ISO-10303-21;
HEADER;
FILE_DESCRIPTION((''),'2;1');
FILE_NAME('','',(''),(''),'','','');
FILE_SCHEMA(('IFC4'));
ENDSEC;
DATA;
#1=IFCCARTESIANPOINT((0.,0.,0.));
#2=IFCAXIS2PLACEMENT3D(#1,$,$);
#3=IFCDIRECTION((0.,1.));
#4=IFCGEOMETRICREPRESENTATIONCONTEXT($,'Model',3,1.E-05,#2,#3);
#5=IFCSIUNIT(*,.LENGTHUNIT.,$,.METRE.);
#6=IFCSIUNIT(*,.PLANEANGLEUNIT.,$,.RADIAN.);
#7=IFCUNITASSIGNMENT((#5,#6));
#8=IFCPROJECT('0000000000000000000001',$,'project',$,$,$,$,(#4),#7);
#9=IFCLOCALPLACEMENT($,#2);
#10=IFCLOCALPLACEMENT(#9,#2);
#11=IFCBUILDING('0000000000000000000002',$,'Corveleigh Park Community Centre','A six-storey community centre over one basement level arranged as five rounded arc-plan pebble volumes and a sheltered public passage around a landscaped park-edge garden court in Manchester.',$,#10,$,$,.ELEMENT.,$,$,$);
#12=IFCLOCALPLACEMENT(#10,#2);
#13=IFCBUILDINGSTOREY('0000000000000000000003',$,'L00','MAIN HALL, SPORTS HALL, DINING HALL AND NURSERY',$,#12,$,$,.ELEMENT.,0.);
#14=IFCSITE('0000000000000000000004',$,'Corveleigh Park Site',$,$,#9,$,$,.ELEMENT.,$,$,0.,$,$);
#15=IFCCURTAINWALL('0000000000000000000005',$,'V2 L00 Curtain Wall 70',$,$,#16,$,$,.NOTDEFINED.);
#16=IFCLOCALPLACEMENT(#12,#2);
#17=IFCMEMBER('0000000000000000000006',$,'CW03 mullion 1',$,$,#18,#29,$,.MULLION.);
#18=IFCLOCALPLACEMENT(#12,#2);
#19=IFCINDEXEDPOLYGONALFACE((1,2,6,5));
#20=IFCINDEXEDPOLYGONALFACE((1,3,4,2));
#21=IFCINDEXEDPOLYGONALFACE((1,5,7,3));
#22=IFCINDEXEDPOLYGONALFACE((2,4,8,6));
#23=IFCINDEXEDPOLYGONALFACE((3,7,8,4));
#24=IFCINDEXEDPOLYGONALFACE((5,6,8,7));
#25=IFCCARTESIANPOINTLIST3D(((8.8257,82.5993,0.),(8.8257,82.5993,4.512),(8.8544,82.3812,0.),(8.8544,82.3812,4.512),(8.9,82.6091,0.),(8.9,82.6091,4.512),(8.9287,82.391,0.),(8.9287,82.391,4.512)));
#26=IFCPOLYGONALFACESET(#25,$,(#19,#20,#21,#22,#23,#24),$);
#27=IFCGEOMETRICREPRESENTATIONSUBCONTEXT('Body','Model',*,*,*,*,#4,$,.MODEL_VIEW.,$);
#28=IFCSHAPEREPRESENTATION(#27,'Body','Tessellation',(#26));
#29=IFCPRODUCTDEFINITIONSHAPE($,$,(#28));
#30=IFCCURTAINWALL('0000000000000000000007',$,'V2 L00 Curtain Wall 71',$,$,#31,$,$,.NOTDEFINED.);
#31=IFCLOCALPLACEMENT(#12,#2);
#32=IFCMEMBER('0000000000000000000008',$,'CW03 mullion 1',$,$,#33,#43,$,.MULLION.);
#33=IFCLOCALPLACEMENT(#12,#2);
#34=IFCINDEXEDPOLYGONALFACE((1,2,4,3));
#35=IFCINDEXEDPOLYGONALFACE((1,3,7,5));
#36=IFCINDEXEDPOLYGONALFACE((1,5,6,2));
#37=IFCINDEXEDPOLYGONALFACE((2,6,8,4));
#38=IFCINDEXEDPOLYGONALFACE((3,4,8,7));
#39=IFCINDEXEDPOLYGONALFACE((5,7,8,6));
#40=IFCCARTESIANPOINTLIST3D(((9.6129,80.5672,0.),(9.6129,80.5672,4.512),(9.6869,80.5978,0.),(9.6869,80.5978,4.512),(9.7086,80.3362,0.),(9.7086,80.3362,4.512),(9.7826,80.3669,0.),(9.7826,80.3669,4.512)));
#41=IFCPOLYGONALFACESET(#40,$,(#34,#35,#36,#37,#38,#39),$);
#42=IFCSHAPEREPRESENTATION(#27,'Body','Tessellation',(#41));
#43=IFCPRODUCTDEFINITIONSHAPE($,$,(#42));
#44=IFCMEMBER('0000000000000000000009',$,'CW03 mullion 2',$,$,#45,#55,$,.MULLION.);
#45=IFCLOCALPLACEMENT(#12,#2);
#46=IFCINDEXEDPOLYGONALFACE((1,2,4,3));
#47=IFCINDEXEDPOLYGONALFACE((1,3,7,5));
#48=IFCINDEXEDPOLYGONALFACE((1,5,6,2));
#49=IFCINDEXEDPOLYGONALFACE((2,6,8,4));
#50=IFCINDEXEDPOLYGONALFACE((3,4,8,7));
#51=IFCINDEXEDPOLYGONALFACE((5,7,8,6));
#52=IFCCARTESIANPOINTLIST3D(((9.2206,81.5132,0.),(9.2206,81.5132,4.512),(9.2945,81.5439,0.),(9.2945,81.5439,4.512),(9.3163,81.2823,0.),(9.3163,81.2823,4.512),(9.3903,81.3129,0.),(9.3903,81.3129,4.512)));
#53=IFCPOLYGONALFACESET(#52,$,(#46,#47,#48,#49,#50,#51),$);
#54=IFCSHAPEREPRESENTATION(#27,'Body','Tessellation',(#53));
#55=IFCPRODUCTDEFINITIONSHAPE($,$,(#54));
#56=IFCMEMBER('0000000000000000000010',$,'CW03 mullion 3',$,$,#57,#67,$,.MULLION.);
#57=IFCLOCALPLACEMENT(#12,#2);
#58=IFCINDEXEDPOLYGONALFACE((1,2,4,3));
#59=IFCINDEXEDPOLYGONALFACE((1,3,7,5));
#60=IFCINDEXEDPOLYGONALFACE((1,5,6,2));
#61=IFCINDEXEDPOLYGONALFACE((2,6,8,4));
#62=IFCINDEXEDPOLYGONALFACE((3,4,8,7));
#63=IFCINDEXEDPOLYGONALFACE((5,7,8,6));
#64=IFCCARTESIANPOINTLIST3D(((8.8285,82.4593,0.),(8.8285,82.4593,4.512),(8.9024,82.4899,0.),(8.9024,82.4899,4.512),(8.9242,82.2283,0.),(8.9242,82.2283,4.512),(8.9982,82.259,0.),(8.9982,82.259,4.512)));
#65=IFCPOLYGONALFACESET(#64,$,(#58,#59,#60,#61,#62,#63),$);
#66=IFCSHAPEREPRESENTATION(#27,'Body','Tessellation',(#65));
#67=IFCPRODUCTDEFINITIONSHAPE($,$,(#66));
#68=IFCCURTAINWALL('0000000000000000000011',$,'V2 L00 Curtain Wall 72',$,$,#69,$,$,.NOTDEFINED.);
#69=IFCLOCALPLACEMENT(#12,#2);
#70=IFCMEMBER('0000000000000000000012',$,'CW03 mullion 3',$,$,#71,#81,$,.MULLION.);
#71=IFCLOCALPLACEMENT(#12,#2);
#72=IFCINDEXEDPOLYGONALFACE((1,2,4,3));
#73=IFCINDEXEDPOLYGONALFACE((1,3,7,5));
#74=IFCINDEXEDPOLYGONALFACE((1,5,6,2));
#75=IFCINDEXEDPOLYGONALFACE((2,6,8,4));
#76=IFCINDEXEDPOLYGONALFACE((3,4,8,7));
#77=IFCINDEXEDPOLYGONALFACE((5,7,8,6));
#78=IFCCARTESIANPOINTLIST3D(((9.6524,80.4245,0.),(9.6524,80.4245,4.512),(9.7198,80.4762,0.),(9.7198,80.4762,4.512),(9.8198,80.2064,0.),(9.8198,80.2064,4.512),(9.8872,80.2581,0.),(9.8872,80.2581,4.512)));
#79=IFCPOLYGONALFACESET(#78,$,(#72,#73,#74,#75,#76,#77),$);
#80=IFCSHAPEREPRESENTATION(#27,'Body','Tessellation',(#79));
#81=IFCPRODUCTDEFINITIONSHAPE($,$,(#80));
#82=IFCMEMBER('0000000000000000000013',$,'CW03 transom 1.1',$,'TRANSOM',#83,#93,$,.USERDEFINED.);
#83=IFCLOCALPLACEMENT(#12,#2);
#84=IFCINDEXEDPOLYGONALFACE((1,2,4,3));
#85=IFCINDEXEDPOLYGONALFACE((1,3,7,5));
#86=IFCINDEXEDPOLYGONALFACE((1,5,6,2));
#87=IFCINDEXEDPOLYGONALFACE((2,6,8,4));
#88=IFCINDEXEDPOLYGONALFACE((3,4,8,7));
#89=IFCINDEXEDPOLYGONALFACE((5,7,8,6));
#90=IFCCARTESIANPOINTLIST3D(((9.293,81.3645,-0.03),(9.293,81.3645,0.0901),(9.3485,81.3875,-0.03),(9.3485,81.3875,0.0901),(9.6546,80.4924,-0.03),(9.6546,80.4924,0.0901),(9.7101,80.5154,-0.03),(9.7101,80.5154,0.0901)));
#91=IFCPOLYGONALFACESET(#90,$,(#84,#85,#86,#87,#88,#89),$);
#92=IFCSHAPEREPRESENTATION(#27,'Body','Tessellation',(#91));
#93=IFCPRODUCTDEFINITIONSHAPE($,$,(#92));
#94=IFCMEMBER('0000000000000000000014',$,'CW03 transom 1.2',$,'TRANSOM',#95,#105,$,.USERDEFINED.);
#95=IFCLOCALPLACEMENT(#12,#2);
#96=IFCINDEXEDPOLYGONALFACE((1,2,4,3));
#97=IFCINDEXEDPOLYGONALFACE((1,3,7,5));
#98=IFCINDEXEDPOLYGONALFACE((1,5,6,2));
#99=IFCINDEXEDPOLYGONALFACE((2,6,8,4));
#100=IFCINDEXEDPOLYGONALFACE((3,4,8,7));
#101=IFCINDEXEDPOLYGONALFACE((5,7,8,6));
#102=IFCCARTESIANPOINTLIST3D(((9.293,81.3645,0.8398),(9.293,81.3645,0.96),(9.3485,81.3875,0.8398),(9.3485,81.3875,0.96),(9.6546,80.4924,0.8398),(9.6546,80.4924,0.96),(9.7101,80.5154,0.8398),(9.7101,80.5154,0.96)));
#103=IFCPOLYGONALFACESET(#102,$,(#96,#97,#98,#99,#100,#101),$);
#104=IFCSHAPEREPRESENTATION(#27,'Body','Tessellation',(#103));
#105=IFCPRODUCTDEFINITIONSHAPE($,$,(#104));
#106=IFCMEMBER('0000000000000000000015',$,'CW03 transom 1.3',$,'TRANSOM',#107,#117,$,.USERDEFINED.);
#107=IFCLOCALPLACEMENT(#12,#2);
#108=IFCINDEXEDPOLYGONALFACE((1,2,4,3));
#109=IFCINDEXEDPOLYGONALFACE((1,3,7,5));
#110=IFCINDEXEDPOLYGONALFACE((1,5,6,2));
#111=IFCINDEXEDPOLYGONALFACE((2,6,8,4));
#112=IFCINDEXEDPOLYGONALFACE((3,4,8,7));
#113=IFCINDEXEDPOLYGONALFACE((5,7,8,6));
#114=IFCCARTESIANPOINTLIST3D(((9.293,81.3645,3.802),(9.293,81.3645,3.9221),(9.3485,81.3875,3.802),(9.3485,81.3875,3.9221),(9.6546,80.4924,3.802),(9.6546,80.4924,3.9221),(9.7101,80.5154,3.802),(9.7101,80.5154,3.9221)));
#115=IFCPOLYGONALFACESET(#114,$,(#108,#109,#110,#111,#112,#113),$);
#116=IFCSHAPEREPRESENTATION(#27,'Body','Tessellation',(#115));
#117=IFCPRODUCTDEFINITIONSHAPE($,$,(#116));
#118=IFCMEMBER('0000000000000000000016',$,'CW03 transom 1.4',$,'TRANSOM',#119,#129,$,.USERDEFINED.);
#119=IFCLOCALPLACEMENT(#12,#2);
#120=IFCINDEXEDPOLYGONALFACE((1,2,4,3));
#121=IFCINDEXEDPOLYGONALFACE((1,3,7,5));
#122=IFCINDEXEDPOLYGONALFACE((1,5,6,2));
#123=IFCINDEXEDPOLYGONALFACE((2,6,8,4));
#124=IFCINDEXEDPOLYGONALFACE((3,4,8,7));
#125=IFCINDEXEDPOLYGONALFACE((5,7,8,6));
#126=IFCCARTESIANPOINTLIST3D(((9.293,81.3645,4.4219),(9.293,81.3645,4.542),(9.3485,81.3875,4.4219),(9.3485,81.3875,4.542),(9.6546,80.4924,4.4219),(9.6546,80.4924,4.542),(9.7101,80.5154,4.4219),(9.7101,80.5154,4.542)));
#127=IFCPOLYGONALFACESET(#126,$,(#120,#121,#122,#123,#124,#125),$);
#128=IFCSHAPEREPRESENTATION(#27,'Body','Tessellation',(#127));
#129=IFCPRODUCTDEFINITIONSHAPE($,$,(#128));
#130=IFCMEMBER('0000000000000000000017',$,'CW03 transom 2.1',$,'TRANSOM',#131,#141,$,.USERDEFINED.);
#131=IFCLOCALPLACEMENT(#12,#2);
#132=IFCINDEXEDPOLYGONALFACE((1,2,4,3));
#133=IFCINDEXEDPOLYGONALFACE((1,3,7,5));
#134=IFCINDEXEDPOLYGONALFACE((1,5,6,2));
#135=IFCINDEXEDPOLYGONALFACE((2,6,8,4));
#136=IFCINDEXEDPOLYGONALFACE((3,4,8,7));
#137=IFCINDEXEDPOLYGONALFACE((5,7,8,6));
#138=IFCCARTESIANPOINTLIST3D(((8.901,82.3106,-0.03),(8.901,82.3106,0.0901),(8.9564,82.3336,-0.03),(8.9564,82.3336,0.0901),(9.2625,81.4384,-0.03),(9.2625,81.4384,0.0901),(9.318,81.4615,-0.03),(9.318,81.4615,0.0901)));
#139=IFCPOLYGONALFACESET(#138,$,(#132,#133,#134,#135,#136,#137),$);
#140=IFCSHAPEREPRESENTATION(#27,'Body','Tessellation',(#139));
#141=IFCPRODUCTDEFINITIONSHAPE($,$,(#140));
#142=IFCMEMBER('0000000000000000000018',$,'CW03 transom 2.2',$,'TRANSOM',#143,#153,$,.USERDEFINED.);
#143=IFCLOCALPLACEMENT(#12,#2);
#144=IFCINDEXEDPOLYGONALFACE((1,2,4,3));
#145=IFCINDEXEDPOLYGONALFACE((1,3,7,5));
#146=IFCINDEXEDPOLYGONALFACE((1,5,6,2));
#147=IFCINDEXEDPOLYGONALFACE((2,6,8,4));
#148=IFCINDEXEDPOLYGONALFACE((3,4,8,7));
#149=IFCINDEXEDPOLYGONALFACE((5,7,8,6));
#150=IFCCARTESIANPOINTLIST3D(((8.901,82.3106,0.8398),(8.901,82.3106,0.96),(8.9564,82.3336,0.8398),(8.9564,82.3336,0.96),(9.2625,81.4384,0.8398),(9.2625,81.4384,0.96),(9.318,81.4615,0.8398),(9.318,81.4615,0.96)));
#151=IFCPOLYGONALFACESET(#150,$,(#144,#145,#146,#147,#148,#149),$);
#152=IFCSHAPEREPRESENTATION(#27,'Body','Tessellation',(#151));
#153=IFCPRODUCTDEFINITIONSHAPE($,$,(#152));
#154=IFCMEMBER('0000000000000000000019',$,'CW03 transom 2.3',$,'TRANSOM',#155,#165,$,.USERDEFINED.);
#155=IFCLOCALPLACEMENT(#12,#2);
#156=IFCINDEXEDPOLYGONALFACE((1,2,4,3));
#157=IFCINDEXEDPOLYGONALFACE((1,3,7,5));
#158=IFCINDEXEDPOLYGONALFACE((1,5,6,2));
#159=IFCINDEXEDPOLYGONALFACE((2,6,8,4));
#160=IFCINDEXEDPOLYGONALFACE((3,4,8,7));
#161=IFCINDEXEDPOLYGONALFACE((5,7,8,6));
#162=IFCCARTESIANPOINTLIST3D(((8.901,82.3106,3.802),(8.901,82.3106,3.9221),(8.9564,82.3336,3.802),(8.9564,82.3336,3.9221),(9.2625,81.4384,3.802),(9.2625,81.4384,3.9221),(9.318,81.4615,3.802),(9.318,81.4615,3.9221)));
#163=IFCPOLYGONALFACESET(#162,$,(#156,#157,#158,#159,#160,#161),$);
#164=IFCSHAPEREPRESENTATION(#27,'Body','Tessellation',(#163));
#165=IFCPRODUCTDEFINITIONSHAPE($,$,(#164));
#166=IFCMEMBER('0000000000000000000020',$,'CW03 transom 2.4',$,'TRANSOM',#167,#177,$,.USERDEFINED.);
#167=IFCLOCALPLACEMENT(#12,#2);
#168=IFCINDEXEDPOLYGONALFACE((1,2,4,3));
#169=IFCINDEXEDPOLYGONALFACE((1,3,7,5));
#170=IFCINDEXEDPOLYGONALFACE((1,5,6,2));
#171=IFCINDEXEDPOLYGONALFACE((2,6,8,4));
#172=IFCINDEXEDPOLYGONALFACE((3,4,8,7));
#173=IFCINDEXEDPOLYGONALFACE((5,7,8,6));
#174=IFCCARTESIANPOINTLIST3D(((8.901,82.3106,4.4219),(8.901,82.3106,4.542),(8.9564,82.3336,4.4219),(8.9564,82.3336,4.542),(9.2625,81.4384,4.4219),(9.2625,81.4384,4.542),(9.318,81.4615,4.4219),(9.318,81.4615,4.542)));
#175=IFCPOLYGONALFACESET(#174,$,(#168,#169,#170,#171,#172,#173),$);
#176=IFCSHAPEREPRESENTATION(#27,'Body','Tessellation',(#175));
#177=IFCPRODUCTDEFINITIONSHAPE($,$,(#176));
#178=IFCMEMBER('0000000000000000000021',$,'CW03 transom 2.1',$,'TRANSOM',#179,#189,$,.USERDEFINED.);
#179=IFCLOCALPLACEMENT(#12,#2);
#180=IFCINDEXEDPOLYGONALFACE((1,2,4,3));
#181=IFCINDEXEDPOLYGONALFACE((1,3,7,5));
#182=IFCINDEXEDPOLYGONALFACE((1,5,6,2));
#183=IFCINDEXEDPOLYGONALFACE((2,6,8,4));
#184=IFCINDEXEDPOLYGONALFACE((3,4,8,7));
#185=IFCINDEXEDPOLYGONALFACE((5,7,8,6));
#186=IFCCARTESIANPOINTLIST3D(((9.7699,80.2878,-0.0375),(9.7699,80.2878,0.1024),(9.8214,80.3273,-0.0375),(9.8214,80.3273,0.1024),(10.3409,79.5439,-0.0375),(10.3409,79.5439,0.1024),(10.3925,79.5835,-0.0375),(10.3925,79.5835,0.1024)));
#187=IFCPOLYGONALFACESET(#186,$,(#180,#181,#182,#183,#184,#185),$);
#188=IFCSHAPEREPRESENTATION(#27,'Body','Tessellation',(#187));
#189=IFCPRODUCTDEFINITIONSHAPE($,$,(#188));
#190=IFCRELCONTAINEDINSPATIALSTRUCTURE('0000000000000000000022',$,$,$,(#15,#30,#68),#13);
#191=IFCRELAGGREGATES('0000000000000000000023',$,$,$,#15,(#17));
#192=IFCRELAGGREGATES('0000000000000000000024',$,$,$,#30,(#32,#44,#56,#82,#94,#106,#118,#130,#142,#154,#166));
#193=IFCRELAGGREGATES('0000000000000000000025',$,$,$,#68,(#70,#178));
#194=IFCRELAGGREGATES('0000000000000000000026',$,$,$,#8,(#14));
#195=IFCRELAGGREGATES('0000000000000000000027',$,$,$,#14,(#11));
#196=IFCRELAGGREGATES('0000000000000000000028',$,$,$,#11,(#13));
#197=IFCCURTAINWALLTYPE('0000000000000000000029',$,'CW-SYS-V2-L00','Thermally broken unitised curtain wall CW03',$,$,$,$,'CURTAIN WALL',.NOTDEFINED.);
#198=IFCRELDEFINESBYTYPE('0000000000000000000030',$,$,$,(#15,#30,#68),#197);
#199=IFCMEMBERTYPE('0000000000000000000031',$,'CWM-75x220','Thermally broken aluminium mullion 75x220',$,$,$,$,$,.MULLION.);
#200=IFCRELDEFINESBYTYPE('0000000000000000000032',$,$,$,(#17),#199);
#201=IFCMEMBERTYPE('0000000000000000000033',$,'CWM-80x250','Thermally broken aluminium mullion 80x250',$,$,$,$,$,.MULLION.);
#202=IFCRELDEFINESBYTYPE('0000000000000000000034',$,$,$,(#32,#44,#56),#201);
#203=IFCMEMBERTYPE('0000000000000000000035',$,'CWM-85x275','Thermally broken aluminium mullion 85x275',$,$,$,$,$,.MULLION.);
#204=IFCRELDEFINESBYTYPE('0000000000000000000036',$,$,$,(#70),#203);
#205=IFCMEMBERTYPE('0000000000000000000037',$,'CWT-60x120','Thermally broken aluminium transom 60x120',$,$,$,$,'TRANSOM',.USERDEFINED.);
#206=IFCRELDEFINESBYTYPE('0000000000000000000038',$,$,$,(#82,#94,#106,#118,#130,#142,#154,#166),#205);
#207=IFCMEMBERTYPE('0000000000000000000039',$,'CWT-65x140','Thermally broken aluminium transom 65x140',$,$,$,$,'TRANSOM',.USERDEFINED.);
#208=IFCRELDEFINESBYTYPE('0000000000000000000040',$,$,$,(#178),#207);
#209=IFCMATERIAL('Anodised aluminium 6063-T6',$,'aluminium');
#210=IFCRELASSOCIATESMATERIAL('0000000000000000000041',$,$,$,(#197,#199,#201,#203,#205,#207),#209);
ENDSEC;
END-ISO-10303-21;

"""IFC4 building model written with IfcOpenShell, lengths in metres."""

from ifc_helpers import new_model, si_unit, direction, frame, origin, origin_2d, place, context, subcontext, project, spatial, rectangle, extrude, material, material_profile, profile_set, type_object, element, aggregate, save


model = new_model("IFC4")

# Units and contexts
model_context = context("Model", 3, precision=1e-05, world=origin(), true_north=direction((0.0, 1.0)))
body_context = subcontext(model_context, "Body", "Model", "MODEL_VIEW")
ifc_project = project(units=[si_unit("LENGTHUNIT", "METRE"), si_unit("PLANEANGLEUNIT", "RADIAN")], contexts=[model_context])

# Site, building, storey
site_placement = place(None, origin())
site = spatial("IfcSite", under=ifc_project, at=site_placement, Name="Corveleigh Park Site", CompositionType="ELEMENT", RefElevation=0.0)
building_placement = place(site_placement, origin())
building = spatial("IfcBuilding", under=site, at=building_placement, Name="Corveleigh Park Community Centre", Description="A six-storey community centre over one basement level arranged as five rounded arc-plan pebble volumes and a sheltered public passage around a landscaped park-edge garden court in Manchester.", CompositionType="ELEMENT")
storey_placement = place(building_placement, origin())
storey = spatial("IfcBuildingStorey", under=building, at=storey_placement, Name="L00", Description="MAIN HALL, SPORTS HALL, DINING HALL AND NURSERY", CompositionType="ELEMENT", Elevation=0.0)

# Curtain wall, member
ifc_material_1 = material(Name="Anodised aluminium 6063-T6", Category="aluminium")
curtain_wall_type = type_object("IfcCurtainWallType", Name="CW-SYS-V2-L00", Description="Thermally broken unitised curtain wall CW03", ElementType="CURTAIN WALL", PredefinedType="NOTDEFINED", material=ifc_material_1)
curtain_wall_1_placement = place(storey_placement, origin())
curtain_wall_1 = element("IfcCurtainWall", 1, at=curtain_wall_1_placement, inside=storey, type_object=curtain_wall_type, Name="V2 L00 Curtain Wall 70", PredefinedType="NOTDEFINED")
ifc_material_profile_1 = material_profile(ifc_material_1, rectangle(XDim=0.075, YDim=0.22, at=origin_2d()), Name="ALU-M75x220", Category="aluminium")
ifc_profile_set_1 = profile_set([ifc_material_profile_1], Name="Anodised aluminium 6063-T6")
member_type_1 = type_object("IfcMemberType", Name="CWM-75x220", Description="Thermally broken aluminium mullion 75x220", PredefinedType="MULLION", material=ifc_profile_set_1)
member_1_placement = place(storey_placement, frame((8.8772, 82.4951, 0.0), z_axis=(0.0, 0.0, 1.0), x_axis=(-0.991457, -0.13043, 0.0)))
member_1 = element("IfcMember", 2, at=member_1_placement, type_object=member_type_1, Name="CW03 mullion 1", PredefinedType="MULLION", context=body_context, shape_type="SweptSolid", body=[
    extrude(rectangle(XDim=0.075, YDim=0.22, at=origin_2d()), origin(), (0.0, 0.0, 1.0), 4.512),
])

# Curtain wall, members
curtain_wall_2_placement = place(storey_placement, origin())
curtain_wall_2 = element("IfcCurtainWall", 3, at=curtain_wall_2_placement, inside=storey, type_object=curtain_wall_type, Name="V2 L00 Curtain Wall 71", PredefinedType="NOTDEFINED")
ifc_material_profile_2 = material_profile(ifc_material_1, rectangle(XDim=0.0801, YDim=0.25, at=origin_2d()), Name="ALU-M80x250", Category="aluminium")
ifc_profile_set_2 = profile_set([ifc_material_profile_2], Name="Anodised aluminium 6063-T6")
member_type_2 = type_object("IfcMemberType", Name="CWM-80x250", Description="Thermally broken aluminium mullion 80x250", PredefinedType="MULLION", material=ifc_profile_set_2)
member_2_placement = place(storey_placement, frame((9.6978, 80.467, 0.0), z_axis=(0.0, 0.0, 1.0), x_axis=(-0.92377, -0.382947, 0.0)))
member_2 = element("IfcMember", 4, at=member_2_placement, type_object=member_type_2, Name="CW03 mullion 1", PredefinedType="MULLION", context=body_context, shape_type="SweptSolid", body=[
    extrude(rectangle(XDim=0.0801, YDim=0.25, at=origin_2d()), origin(), (0.0, 0.0, 1.0), 4.512),
])
member_3_placement = place(storey_placement, frame((9.3054, 81.4131, 0.0), z_axis=(0.0, 0.0, 1.0), x_axis=(-0.92377, -0.382947, 0.0)))
member_3 = element("IfcMember", 5, at=member_3_placement, type_object=member_type_2, Name="CW03 mullion 2", PredefinedType="MULLION", context=body_context, shape_type="SweptSolid", body=[
    extrude(rectangle(XDim=0.0801, YDim=0.25, at=origin_2d()), origin(), (0.0, 0.0, 1.0), 4.512),
])
member_4_placement = place(storey_placement, frame((8.9133, 82.3591, 0.0), z_axis=(0.0, 0.0, 1.0), x_axis=(-0.92377, -0.382947, 0.0)))
member_4 = element("IfcMember", 6, at=member_4_placement, type_object=member_type_2, Name="CW03 mullion 3", PredefinedType="MULLION", context=body_context, shape_type="SweptSolid", body=[
    extrude(rectangle(XDim=0.0801, YDim=0.25, at=origin_2d()), origin(), (0.0, 0.0, 1.0), 4.512),
])

# Curtain wall, member
curtain_wall_3_placement = place(storey_placement, origin())
curtain_wall_3 = element("IfcCurtainWall", 7, at=curtain_wall_3_placement, inside=storey, type_object=curtain_wall_type, Name="V2 L00 Curtain Wall 72", PredefinedType="NOTDEFINED")
ifc_material_profile_3 = material_profile(ifc_material_1, rectangle(XDim=0.085, YDim=0.2749, at=origin_2d()), Name="ALU-M85x275", Category="aluminium")
ifc_profile_set_3 = profile_set([ifc_material_profile_3], Name="Anodised aluminium 6063-T6")
member_type_3 = type_object("IfcMemberType", Name="CWM-85x275", Description="Thermally broken aluminium mullion 85x275", PredefinedType="MULLION", material=ifc_profile_set_3)
member_5_placement = place(storey_placement, frame((9.7698, 80.3413, 0.0), z_axis=(0.0, 0.0, 1.0), x_axis=(-0.793304, -0.608826, 0.0)))
member_5 = element("IfcMember", 8, at=member_5_placement, type_object=member_type_3, Name="CW03 mullion 3", PredefinedType="MULLION", context=body_context, shape_type="SweptSolid", body=[
    extrude(rectangle(XDim=0.085, YDim=0.2749, at=origin_2d()), origin(), (0.0, 0.0, 1.0), 4.512),
])

# Members
ifc_material_profile_4 = material_profile(ifc_material_1, rectangle(XDim=0.0601, YDim=0.1201, at=origin_2d()), Name="ALU-T60x120", Category="aluminium")
ifc_profile_set_4 = profile_set([ifc_material_profile_4], Name="Anodised aluminium 6063-T6")
member_type_4 = type_object("IfcMemberType", Name="CWT-60x120", Description="Thermally broken aluminium transom 60x120", ElementType="TRANSOM", PredefinedType="USERDEFINED", material=ifc_profile_set_4)
member_6_placement = place(storey_placement, frame((9.6824, 80.5039, 0.03), z_axis=(-0.382999, 0.923749, 0.0), x_axis=(-0.923749, -0.382999, 0.0)))
member_6 = element("IfcMember", 9, at=member_6_placement, type_object=member_type_4, Name="CW03 transom 1.1", ObjectType="TRANSOM", PredefinedType="USERDEFINED", context=body_context, shape_type="SweptSolid", body=[
    extrude(rectangle(XDim=0.0601, YDim=0.1201, at=origin_2d()), origin(), (0.0, 0.0, 1.0), 0.9441),
])
member_7_placement = place(storey_placement, frame((9.6824, 80.5039, 0.8999), z_axis=(-0.382999, 0.923749, 0.0), x_axis=(-0.923749, -0.382999, 0.0)))
member_7 = element("IfcMember", 10, at=member_7_placement, type_object=member_type_4, Name="CW03 transom 1.2", ObjectType="TRANSOM", PredefinedType="USERDEFINED", context=body_context, shape_type="SweptSolid", body=[
    extrude(rectangle(XDim=0.0601, YDim=0.1201, at=origin_2d()), origin(), (0.0, 0.0, 1.0), 0.9441),
])
member_8_placement = place(storey_placement, frame((9.6824, 80.5039, 3.8621), z_axis=(-0.382999, 0.923749, 0.0), x_axis=(-0.923749, -0.382999, 0.0)))
member_8 = element("IfcMember", 11, at=member_8_placement, type_object=member_type_4, Name="CW03 transom 1.3", ObjectType="TRANSOM", PredefinedType="USERDEFINED", context=body_context, shape_type="SweptSolid", body=[
    extrude(rectangle(XDim=0.0601, YDim=0.1201, at=origin_2d()), origin(), (0.0, 0.0, 1.0), 0.9441),
])
member_9_placement = place(storey_placement, frame((9.6824, 80.5039, 4.4819), z_axis=(-0.382999, 0.923749, 0.0), x_axis=(-0.923749, -0.382999, 0.0)))
member_9 = element("IfcMember", 12, at=member_9_placement, type_object=member_type_4, Name="CW03 transom 1.4", ObjectType="TRANSOM", PredefinedType="USERDEFINED", context=body_context, shape_type="SweptSolid", body=[
    extrude(rectangle(XDim=0.0601, YDim=0.1201, at=origin_2d()), origin(), (0.0, 0.0, 1.0), 0.9441),
])
member_10_placement = place(storey_placement, frame((9.2903, 81.45, 0.03), z_axis=(-0.382999, 0.923749, 0.0), x_axis=(-0.923749, -0.382999, 0.0)))
member_10 = element("IfcMember", 13, at=member_10_placement, type_object=member_type_4, Name="CW03 transom 2.1", ObjectType="TRANSOM", PredefinedType="USERDEFINED", context=body_context, shape_type="SweptSolid", body=[
    extrude(rectangle(XDim=0.0601, YDim=0.1201, at=origin_2d()), origin(), (0.0, 0.0, 1.0), 0.9441),
])
member_11_placement = place(storey_placement, frame((9.2903, 81.45, 0.8999), z_axis=(-0.382999, 0.923749, 0.0), x_axis=(-0.923749, -0.382999, 0.0)))
member_11 = element("IfcMember", 14, at=member_11_placement, type_object=member_type_4, Name="CW03 transom 2.2", ObjectType="TRANSOM", PredefinedType="USERDEFINED", context=body_context, shape_type="SweptSolid", body=[
    extrude(rectangle(XDim=0.0601, YDim=0.1201, at=origin_2d()), origin(), (0.0, 0.0, 1.0), 0.9441),
])
member_12_placement = place(storey_placement, frame((9.2903, 81.45, 3.8621), z_axis=(-0.382999, 0.923749, 0.0), x_axis=(-0.923749, -0.382999, 0.0)))
member_12 = element("IfcMember", 15, at=member_12_placement, type_object=member_type_4, Name="CW03 transom 2.3", ObjectType="TRANSOM", PredefinedType="USERDEFINED", context=body_context, shape_type="SweptSolid", body=[
    extrude(rectangle(XDim=0.0601, YDim=0.1201, at=origin_2d()), origin(), (0.0, 0.0, 1.0), 0.9441),
])
member_13_placement = place(storey_placement, frame((9.2903, 81.45, 4.4819), z_axis=(-0.382999, 0.923749, 0.0), x_axis=(-0.923749, -0.382999, 0.0)))
member_13 = element("IfcMember", 16, at=member_13_placement, type_object=member_type_4, Name="CW03 transom 2.4", ObjectType="TRANSOM", PredefinedType="USERDEFINED", context=body_context, shape_type="SweptSolid", body=[
    extrude(rectangle(XDim=0.0601, YDim=0.1201, at=origin_2d()), origin(), (0.0, 0.0, 1.0), 0.9441),
])
ifc_material_profile_5 = material_profile(ifc_material_1, rectangle(XDim=0.0649, YDim=0.1399, at=origin_2d()), Name="ALU-T65x140", Category="aluminium")
ifc_profile_set_5 = profile_set([ifc_material_profile_5], Name="Anodised aluminium 6063-T6")
member_type_5 = type_object("IfcMemberType", Name="CWT-65x140", Description="Thermally broken aluminium transom 65x140", ElementType="TRANSOM", PredefinedType="USERDEFINED", material=ifc_profile_set_5)
member_14_placement = place(storey_placement, frame((10.3667, 79.5637, 0.0325), z_axis=(-0.608918, 0.793233, 0.0), x_axis=(-0.793233, -0.608918, 0.0)))
member_14 = element("IfcMember", 17, at=member_14_placement, type_object=member_type_5, Name="CW03 transom 2.1", ObjectType="TRANSOM", PredefinedType="USERDEFINED", context=body_context, shape_type="SweptSolid", body=[
    extrude(rectangle(XDim=0.0649, YDim=0.1399, at=origin_2d()), origin(), (0.0, 0.0, 1.0), 0.9377),
])

aggregate(curtain_wall_1, [member_1])
aggregate(curtain_wall_2, [member_2, member_3, member_4, member_6, member_7, member_8, member_9, member_10, member_11, member_12, member_13])
aggregate(curtain_wall_3, [member_5, member_14])

save(model, "model.ifc")
